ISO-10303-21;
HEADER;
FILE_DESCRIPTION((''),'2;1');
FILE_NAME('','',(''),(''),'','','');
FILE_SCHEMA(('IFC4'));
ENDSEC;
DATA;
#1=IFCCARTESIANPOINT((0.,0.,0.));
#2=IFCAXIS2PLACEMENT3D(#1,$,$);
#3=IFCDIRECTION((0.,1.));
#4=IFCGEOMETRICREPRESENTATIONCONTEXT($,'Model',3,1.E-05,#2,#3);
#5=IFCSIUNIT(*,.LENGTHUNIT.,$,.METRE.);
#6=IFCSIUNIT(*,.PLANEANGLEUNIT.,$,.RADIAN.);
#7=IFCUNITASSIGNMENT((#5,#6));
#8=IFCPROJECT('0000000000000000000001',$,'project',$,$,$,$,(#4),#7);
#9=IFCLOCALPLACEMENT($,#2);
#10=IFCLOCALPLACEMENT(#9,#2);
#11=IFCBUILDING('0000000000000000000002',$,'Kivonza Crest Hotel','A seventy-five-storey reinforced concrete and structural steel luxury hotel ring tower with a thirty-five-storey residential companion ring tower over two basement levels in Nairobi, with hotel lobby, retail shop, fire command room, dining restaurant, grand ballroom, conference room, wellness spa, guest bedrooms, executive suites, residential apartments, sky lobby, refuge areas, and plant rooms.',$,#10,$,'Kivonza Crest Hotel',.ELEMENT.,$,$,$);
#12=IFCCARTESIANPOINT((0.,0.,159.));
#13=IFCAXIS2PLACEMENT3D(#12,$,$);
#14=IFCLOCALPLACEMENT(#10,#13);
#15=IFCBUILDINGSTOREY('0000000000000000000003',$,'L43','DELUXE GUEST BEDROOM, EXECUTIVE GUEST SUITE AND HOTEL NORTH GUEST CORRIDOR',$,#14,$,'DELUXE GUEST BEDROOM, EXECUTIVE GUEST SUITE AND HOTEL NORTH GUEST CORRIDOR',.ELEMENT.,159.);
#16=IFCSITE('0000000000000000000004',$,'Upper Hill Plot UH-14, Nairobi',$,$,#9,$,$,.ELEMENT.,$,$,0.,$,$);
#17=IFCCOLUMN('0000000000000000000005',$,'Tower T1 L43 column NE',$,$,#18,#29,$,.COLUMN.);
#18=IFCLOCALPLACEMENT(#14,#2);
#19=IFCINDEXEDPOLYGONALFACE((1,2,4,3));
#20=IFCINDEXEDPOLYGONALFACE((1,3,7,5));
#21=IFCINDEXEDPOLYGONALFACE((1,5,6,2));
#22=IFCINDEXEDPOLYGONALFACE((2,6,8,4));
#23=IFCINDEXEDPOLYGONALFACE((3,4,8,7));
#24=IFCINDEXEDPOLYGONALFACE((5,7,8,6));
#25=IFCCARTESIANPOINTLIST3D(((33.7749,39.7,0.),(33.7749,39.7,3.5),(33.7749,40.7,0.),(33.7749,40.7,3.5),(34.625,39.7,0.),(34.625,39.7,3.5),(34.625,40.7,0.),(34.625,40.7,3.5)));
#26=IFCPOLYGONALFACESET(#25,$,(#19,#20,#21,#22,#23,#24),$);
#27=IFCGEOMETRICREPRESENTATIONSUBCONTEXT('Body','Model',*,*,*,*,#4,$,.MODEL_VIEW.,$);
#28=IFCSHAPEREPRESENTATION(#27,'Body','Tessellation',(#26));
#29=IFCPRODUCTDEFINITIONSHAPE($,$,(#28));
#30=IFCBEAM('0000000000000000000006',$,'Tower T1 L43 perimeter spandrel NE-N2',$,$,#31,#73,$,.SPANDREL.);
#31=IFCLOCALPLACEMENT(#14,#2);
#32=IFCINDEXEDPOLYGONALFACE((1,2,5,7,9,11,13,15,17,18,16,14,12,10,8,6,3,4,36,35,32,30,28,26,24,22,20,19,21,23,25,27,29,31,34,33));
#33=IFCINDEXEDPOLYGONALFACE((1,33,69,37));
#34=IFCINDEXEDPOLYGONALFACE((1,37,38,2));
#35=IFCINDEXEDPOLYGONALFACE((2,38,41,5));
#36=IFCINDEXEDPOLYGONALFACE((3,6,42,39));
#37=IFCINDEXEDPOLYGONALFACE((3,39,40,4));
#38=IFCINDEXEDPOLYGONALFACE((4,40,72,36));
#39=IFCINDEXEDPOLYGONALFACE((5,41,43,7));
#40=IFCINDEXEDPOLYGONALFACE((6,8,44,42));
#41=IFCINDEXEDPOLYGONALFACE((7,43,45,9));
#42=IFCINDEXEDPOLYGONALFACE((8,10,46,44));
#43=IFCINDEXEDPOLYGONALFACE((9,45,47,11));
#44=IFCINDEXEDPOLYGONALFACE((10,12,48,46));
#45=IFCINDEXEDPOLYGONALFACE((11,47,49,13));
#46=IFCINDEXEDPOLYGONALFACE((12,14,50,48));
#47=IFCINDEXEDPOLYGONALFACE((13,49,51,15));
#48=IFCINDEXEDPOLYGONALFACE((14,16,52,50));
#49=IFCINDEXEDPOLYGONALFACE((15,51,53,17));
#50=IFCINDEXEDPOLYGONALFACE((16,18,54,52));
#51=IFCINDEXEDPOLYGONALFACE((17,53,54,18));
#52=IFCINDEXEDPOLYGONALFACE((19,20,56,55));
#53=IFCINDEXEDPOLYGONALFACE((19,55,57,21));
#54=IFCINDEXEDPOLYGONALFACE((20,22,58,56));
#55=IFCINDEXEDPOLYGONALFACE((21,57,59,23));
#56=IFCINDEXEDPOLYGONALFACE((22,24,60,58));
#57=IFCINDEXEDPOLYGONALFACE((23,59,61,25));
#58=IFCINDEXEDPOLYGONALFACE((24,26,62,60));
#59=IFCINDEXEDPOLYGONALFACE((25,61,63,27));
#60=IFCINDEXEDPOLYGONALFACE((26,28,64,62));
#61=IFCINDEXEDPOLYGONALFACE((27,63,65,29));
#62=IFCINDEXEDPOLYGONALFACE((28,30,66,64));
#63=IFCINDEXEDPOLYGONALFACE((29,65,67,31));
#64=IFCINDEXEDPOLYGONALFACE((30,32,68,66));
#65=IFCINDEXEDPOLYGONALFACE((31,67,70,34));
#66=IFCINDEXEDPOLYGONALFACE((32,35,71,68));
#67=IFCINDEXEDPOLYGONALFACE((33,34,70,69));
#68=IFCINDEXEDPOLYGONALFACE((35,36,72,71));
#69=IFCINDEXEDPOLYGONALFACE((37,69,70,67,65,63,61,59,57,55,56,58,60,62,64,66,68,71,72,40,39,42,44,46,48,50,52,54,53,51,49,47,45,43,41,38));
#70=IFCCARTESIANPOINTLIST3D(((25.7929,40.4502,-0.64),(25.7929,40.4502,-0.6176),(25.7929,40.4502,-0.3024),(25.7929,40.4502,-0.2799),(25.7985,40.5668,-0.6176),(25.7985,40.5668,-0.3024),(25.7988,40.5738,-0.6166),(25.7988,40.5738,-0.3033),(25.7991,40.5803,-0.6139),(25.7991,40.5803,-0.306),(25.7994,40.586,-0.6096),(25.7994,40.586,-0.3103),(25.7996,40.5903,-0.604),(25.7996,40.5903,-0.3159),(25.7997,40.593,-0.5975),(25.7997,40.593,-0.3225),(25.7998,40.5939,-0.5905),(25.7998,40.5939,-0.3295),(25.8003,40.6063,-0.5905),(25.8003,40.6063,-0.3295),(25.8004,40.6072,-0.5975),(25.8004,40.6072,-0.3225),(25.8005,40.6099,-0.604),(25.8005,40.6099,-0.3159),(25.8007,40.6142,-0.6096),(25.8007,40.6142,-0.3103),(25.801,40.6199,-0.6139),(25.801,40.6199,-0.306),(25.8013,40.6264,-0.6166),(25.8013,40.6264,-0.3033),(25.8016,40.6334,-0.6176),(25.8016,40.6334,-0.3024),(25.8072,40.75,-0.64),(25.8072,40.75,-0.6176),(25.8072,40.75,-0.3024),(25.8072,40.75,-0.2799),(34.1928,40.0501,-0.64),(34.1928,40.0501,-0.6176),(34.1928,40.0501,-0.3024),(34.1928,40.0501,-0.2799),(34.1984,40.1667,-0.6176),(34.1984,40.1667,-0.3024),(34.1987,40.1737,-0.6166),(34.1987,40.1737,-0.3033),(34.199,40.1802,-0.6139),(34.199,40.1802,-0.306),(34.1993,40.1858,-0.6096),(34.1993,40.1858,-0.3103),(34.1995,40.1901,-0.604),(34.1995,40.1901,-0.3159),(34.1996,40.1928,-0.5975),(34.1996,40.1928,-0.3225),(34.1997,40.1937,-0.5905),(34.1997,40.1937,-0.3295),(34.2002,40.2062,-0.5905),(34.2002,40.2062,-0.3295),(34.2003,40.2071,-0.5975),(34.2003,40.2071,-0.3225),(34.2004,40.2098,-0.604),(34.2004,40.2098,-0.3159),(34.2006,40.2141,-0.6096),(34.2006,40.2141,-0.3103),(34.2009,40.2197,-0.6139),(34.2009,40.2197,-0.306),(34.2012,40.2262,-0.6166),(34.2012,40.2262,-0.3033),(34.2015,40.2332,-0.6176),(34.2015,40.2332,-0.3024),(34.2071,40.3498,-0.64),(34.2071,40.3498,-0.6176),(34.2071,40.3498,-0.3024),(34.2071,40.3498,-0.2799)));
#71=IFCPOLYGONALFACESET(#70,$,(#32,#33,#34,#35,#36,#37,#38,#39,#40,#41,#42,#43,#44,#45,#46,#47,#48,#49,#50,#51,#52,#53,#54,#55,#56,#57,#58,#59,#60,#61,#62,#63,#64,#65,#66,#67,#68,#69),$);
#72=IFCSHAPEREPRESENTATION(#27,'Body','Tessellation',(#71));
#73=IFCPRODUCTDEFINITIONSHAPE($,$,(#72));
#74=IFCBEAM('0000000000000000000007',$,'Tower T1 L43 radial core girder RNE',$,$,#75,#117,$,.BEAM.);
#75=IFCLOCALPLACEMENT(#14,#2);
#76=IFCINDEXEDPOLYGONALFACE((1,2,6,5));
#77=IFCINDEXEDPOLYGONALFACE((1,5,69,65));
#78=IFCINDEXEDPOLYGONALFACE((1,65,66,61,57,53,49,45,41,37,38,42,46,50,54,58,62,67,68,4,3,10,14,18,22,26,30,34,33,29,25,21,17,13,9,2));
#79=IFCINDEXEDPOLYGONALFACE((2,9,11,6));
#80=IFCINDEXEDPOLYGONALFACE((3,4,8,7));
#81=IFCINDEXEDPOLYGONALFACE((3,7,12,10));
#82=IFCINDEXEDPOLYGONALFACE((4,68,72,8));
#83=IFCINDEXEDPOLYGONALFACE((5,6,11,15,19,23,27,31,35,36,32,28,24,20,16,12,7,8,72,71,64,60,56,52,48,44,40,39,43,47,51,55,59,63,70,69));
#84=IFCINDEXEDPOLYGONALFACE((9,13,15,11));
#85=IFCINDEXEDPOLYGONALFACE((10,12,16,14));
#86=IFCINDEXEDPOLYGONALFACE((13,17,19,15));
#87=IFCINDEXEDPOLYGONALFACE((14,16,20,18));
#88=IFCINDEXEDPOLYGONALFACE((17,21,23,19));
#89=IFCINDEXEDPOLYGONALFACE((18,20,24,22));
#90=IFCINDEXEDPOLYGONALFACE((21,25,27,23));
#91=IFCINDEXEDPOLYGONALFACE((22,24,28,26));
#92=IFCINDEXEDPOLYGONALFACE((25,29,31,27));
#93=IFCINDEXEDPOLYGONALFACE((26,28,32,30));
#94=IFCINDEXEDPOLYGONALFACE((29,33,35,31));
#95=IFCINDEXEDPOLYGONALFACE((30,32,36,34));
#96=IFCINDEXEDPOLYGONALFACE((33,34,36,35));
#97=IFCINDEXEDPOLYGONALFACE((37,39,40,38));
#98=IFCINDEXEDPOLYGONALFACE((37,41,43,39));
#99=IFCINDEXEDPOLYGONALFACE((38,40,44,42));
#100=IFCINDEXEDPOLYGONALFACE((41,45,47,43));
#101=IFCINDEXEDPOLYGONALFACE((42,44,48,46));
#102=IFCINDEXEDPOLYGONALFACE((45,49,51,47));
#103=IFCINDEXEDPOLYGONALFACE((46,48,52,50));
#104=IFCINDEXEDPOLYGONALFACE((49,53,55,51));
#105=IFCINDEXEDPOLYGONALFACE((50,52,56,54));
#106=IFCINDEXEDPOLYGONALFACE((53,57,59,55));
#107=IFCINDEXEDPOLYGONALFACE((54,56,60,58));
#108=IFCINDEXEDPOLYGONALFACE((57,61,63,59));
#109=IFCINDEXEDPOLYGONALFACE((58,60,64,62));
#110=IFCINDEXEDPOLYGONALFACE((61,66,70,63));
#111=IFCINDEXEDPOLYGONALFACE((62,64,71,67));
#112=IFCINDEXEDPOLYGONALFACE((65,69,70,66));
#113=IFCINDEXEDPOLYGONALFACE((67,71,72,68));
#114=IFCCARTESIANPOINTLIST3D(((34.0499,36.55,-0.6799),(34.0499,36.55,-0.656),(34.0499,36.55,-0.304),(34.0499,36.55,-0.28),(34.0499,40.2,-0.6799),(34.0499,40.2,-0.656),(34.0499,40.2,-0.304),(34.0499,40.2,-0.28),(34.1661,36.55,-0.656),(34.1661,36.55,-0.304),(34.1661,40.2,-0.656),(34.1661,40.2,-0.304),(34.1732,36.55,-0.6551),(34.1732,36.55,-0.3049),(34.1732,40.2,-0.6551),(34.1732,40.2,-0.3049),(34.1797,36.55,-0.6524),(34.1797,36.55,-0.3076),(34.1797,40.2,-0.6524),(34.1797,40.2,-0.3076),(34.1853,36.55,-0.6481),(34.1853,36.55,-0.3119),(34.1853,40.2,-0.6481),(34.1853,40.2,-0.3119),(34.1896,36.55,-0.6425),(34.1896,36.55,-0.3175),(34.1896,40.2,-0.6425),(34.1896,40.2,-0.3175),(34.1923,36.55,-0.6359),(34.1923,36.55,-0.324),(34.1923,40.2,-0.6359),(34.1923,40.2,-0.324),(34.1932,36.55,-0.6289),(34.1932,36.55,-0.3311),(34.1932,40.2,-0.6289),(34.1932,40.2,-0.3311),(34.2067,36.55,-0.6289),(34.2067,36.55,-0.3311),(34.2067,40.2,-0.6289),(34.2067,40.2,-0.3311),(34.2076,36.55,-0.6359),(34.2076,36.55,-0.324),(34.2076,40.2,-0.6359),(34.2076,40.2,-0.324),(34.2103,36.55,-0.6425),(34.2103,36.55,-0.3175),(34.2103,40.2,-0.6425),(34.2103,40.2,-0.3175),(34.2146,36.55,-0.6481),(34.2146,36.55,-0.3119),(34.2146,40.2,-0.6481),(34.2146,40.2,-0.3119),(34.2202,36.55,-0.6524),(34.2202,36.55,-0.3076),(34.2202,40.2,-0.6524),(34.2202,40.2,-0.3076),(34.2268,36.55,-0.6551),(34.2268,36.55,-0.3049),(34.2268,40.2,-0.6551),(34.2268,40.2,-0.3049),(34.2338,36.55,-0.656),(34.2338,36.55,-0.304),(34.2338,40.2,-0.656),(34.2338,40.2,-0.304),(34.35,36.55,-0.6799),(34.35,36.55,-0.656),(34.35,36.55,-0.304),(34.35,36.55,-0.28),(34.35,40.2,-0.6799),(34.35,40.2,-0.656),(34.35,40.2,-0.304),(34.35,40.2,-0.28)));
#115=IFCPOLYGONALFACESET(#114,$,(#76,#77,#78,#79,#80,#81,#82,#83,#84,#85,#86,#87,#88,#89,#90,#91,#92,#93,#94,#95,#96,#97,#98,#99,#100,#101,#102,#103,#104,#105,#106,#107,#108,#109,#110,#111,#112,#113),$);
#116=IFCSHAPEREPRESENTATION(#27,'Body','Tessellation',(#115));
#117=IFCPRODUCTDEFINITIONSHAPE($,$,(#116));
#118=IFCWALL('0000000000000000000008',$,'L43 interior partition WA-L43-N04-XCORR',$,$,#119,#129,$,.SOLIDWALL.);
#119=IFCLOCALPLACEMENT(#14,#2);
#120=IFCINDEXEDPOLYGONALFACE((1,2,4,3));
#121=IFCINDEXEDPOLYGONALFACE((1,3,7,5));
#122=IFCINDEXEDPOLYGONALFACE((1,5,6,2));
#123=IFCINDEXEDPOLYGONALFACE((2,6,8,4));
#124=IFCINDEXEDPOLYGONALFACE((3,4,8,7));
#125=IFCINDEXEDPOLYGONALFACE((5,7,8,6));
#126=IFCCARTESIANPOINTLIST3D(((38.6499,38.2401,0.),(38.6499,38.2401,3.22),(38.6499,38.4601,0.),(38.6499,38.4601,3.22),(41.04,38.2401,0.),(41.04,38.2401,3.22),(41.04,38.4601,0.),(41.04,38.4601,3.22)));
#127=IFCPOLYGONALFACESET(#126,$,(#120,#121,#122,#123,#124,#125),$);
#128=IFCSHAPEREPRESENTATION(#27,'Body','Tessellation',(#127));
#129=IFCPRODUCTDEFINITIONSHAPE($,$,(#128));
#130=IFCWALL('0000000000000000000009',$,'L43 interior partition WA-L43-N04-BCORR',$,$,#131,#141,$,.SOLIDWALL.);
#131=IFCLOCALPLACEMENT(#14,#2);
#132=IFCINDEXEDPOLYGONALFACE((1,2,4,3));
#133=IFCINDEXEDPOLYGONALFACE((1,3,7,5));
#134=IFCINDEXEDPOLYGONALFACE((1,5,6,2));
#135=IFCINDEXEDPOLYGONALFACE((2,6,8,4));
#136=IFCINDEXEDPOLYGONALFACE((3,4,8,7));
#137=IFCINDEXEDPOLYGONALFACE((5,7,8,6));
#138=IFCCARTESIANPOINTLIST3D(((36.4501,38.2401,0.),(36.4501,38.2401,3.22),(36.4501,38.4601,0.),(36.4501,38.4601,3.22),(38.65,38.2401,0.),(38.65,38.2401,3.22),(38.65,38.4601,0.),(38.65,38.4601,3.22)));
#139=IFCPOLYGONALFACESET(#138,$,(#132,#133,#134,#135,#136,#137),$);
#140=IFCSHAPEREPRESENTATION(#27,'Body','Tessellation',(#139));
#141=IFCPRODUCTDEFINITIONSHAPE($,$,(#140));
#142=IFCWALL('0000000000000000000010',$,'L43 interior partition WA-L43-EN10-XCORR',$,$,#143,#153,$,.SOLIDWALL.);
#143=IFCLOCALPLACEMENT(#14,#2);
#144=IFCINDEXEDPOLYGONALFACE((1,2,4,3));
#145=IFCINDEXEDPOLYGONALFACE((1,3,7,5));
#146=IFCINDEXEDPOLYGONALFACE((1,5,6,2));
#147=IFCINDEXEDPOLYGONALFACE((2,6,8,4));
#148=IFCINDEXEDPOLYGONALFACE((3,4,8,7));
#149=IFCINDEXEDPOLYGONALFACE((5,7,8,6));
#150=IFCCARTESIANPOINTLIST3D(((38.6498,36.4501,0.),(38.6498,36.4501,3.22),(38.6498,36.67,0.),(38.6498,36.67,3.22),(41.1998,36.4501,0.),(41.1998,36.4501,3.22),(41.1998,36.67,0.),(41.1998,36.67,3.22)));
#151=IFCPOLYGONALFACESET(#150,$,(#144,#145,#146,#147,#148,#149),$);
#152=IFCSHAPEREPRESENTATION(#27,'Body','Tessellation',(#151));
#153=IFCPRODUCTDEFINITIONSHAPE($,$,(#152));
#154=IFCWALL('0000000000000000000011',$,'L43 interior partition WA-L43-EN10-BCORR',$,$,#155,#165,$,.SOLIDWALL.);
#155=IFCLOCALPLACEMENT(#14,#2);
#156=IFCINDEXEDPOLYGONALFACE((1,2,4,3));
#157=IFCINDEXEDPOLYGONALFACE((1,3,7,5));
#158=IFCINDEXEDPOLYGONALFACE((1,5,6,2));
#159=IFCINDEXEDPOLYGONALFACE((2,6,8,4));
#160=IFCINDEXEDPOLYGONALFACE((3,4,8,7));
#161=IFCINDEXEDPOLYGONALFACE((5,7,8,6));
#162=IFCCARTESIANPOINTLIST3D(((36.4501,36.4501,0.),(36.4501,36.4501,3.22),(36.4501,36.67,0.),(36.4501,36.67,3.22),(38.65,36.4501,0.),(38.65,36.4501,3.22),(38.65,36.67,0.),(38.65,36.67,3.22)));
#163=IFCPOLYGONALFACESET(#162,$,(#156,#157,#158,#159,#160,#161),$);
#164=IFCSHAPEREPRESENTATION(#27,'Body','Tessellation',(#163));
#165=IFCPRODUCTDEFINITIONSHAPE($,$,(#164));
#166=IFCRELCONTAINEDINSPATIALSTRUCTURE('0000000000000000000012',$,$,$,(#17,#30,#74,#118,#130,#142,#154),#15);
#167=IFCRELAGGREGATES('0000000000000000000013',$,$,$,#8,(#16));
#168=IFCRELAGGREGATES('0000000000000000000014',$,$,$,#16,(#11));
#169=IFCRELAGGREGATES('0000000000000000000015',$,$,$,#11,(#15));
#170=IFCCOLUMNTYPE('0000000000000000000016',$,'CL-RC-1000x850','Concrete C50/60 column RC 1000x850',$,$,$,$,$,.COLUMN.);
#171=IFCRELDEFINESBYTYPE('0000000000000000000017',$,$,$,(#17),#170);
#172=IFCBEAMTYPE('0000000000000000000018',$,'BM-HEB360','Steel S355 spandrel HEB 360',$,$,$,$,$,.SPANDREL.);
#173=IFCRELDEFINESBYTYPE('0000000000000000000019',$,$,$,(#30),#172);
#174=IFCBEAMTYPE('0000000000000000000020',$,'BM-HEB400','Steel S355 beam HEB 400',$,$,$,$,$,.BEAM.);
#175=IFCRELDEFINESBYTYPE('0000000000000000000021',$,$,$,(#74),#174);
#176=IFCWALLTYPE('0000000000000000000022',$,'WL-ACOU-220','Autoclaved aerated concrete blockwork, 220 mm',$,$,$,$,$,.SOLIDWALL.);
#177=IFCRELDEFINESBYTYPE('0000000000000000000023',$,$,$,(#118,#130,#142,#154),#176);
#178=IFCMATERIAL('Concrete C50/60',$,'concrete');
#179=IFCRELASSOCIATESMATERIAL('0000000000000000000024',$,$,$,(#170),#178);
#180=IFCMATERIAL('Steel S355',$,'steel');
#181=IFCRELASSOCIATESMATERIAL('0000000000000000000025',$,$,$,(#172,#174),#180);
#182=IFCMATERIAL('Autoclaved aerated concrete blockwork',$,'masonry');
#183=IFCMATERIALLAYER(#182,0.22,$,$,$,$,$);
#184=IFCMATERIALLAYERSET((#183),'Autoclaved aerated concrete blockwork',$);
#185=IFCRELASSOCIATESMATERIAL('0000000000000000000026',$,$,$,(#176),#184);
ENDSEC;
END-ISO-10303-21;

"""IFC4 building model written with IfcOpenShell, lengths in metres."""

from ifc_helpers import new_model, si_unit, direction, frame, frame_2d, origin, origin_2d, place, context, subcontext, project, spatial, rectangle, i_section, extrude, material, layer, layer_set, material_profile, profile_set, type_object, element, save


model = new_model("IFC4")

# Units and contexts
model_context = context("Model", 3, precision=1e-05, world=origin(), true_north=direction((0.0, 1.0)))
body_context = subcontext(model_context, "Body", "Model", "MODEL_VIEW")
ifc_project = project(units=[si_unit("LENGTHUNIT", "METRE"), si_unit("PLANEANGLEUNIT", "RADIAN")], contexts=[model_context])

# Site, building, storey
site_placement = place(None, origin())
site = spatial("IfcSite", under=ifc_project, at=site_placement, Name="Upper Hill Plot UH-14, Nairobi", CompositionType="ELEMENT", RefElevation=0.0)
building_placement = place(site_placement, origin())
building = spatial("IfcBuilding", under=site, at=building_placement, Name="Kivonza Crest Hotel", Description="A seventy-five-storey reinforced concrete and structural steel luxury hotel ring tower with a thirty-five-storey residential companion ring tower over two basement levels in Nairobi, with hotel lobby, retail shop, fire command room, dining restaurant, grand ballroom, conference room, wellness spa, guest bedrooms, executive suites, residential apartments, sky lobby, refuge areas, and plant rooms.", LongName="Kivonza Crest Hotel", CompositionType="ELEMENT")
storey_placement = place(building_placement, frame((0.0, 0.0, 159.0)))
storey = spatial("IfcBuildingStorey", under=building, at=storey_placement, Name="L43", Description="DELUXE GUEST BEDROOM, EXECUTIVE GUEST SUITE AND HOTEL NORTH GUEST CORRIDOR", LongName="DELUXE GUEST BEDROOM, EXECUTIVE GUEST SUITE AND HOTEL NORTH GUEST CORRIDOR", CompositionType="ELEMENT", Elevation=159.0)

# Column
ifc_material_1 = material(Name="Concrete C50/60", Category="concrete")
ifc_material_profile_1 = material_profile(ifc_material_1, rectangle(XDim=0.8501, YDim=1.0, at=origin_2d()), Name="RC 1000x850")
ifc_profile_set_1 = profile_set([ifc_material_profile_1], Name="Concrete C50/60")
column_type = type_object("IfcColumnType", Name="CL-RC-1000x850", Description="Concrete C50/60 column RC 1000x850", PredefinedType="COLUMN", material=ifc_profile_set_1)
column_placement = place(storey_placement, frame((34.2, 40.2, 0.0), z_axis=(0.0, 0.0, 1.0), x_axis=(1.0, 0.0, 0.0)))
element("IfcColumn", 1, at=column_placement, inside=storey, type_object=column_type, Name="Tower T1 L43 column NE", PredefinedType="COLUMN", context=body_context, shape_type="SweptSolid", body=[
    extrude(rectangle(XDim=0.8501, YDim=1.0, at=origin_2d()), origin(), (0.0, 0.0, 1.0), 3.5),
])

# Beams
ifc_material_2 = material(Name="Steel S355", Category="steel")
ifc_material_profile_2 = material_profile(ifc_material_2, i_section(OverallWidth=0.3, OverallDepth=0.3601, WebThickness=0.0125, FlangeThickness=0.0225, FilletRadius=0.0271, at=origin_2d()), Name="HEB 360")
ifc_profile_set_2 = profile_set([ifc_material_profile_2], Name="Steel S355")
beam_type_1 = type_object("IfcBeamType", Name="BM-HEB360", Description="Steel S355 spandrel HEB 360", PredefinedType="SPANDREL", material=ifc_profile_set_2)
beam_1_placement = place(storey_placement, frame((34.2, 40.2, -0.46), z_axis=(-0.998867, 0.047583, 0.0), x_axis=(-0.047583, -0.998867, 0.0)))
element("IfcBeam", 2, at=beam_1_placement, inside=storey, type_object=beam_type_1, Name="Tower T1 L43 perimeter spandrel NE-N2", PredefinedType="SPANDREL", context=body_context, shape_type="SweptSolid", body=[
    extrude(i_section(OverallWidth=0.3, OverallDepth=0.3601, WebThickness=0.0125, FlangeThickness=0.0225, FilletRadius=0.0271, at=origin_2d()), origin(), (0.0, 0.0, 1.0), 8.4094),
])
ifc_material_profile_3 = material_profile(ifc_material_2, i_section(OverallWidth=0.3, OverallDepth=0.3999, WebThickness=0.0134, FlangeThickness=0.0239, FilletRadius=0.0271, at=origin_2d()), Name="HEB 400")
ifc_profile_set_3 = profile_set([ifc_material_profile_3], Name="Steel S355")
beam_type_2 = type_object("IfcBeamType", Name="BM-HEB400", Description="Steel S355 beam HEB 400", PredefinedType="BEAM", material=ifc_profile_set_3)
beam_2_placement = place(storey_placement, frame((34.2, 40.2, -0.48), z_axis=(0.0, -1.0, 0.0), x_axis=(1.0, 0.0, 0.0)))
element("IfcBeam", 3, at=beam_2_placement, inside=storey, type_object=beam_type_2, Name="Tower T1 L43 radial core girder RNE", PredefinedType="BEAM", context=body_context, shape_type="SweptSolid", body=[
    extrude(i_section(OverallWidth=0.3, OverallDepth=0.3999, WebThickness=0.0134, FlangeThickness=0.0239, FilletRadius=0.0271, at=origin_2d()), origin(), (0.0, 0.0, 1.0), 3.6499),
])

# Walls
ifc_material_3 = material(Name="Autoclaved aerated concrete blockwork", Category="masonry")
ifc_layer_1 = layer(ifc_material_3, 0.22)
ifc_layer_set_1 = layer_set([ifc_layer_1], Name="Autoclaved aerated concrete blockwork")
wall_type_1 = type_object("IfcWallType", Name="WL-ACOU-220", Description="Autoclaved aerated concrete blockwork, 220 mm", PredefinedType="SOLIDWALL", material=ifc_layer_set_1)
wall_1_placement = place(storey_placement, frame((38.6499, 38.3501, 0.0), z_axis=(0.0, 0.0, 1.0), x_axis=(1.0, 0.0, 0.0)))
element("IfcWall", 4, at=wall_1_placement, inside=storey, type_object=wall_type_1, Name="L43 interior partition WA-L43-N04-XCORR", PredefinedType="SOLIDWALL", context=body_context, shape_type="SweptSolid", body=[
    extrude(rectangle(XDim=2.3901, YDim=0.22, at=frame_2d((1.1951, 0.0))), origin(), (0.0, 0.0, 1.0), 3.22),
])
wall_2_placement = place(storey_placement, frame((36.45, 38.3501, 0.0), z_axis=(0.0, 0.0, 1.0), x_axis=(1.0, 0.0, 0.0)))
element("IfcWall", 5, at=wall_2_placement, inside=storey, type_object=wall_type_1, Name="L43 interior partition WA-L43-N04-BCORR", PredefinedType="SOLIDWALL", context=body_context, shape_type="SweptSolid", body=[
    extrude(rectangle(XDim=2.2, YDim=0.22, at=frame_2d((1.1001, 0.0))), origin(), (0.0, 0.0, 1.0), 3.22),
])
wall_3_placement = place(storey_placement, frame((38.6499, 36.5601, 0.0), z_axis=(0.0, 0.0, 1.0), x_axis=(1.0, 0.0, 0.0)))
element("IfcWall", 6, at=wall_3_placement, inside=storey, type_object=wall_type_1, Name="L43 interior partition WA-L43-EN10-XCORR", PredefinedType="SOLIDWALL", context=body_context, shape_type="SweptSolid", body=[
    extrude(rectangle(XDim=2.55, YDim=0.22, at=frame_2d((1.2749, 0.0))), origin(), (0.0, 0.0, 1.0), 3.22),
])
wall_4_placement = place(storey_placement, frame((36.45, 36.5601, 0.0), z_axis=(0.0, 0.0, 1.0), x_axis=(1.0, 0.0, 0.0)))
element("IfcWall", 7, at=wall_4_placement, inside=storey, type_object=wall_type_1, Name="L43 interior partition WA-L43-EN10-BCORR", PredefinedType="SOLIDWALL", context=body_context, shape_type="SweptSolid", body=[
    extrude(rectangle(XDim=2.2, YDim=0.22, at=frame_2d((1.1001, 0.0))), origin(), (0.0, 0.0, 1.0), 3.22),
])

save(model, "model.ifc")
